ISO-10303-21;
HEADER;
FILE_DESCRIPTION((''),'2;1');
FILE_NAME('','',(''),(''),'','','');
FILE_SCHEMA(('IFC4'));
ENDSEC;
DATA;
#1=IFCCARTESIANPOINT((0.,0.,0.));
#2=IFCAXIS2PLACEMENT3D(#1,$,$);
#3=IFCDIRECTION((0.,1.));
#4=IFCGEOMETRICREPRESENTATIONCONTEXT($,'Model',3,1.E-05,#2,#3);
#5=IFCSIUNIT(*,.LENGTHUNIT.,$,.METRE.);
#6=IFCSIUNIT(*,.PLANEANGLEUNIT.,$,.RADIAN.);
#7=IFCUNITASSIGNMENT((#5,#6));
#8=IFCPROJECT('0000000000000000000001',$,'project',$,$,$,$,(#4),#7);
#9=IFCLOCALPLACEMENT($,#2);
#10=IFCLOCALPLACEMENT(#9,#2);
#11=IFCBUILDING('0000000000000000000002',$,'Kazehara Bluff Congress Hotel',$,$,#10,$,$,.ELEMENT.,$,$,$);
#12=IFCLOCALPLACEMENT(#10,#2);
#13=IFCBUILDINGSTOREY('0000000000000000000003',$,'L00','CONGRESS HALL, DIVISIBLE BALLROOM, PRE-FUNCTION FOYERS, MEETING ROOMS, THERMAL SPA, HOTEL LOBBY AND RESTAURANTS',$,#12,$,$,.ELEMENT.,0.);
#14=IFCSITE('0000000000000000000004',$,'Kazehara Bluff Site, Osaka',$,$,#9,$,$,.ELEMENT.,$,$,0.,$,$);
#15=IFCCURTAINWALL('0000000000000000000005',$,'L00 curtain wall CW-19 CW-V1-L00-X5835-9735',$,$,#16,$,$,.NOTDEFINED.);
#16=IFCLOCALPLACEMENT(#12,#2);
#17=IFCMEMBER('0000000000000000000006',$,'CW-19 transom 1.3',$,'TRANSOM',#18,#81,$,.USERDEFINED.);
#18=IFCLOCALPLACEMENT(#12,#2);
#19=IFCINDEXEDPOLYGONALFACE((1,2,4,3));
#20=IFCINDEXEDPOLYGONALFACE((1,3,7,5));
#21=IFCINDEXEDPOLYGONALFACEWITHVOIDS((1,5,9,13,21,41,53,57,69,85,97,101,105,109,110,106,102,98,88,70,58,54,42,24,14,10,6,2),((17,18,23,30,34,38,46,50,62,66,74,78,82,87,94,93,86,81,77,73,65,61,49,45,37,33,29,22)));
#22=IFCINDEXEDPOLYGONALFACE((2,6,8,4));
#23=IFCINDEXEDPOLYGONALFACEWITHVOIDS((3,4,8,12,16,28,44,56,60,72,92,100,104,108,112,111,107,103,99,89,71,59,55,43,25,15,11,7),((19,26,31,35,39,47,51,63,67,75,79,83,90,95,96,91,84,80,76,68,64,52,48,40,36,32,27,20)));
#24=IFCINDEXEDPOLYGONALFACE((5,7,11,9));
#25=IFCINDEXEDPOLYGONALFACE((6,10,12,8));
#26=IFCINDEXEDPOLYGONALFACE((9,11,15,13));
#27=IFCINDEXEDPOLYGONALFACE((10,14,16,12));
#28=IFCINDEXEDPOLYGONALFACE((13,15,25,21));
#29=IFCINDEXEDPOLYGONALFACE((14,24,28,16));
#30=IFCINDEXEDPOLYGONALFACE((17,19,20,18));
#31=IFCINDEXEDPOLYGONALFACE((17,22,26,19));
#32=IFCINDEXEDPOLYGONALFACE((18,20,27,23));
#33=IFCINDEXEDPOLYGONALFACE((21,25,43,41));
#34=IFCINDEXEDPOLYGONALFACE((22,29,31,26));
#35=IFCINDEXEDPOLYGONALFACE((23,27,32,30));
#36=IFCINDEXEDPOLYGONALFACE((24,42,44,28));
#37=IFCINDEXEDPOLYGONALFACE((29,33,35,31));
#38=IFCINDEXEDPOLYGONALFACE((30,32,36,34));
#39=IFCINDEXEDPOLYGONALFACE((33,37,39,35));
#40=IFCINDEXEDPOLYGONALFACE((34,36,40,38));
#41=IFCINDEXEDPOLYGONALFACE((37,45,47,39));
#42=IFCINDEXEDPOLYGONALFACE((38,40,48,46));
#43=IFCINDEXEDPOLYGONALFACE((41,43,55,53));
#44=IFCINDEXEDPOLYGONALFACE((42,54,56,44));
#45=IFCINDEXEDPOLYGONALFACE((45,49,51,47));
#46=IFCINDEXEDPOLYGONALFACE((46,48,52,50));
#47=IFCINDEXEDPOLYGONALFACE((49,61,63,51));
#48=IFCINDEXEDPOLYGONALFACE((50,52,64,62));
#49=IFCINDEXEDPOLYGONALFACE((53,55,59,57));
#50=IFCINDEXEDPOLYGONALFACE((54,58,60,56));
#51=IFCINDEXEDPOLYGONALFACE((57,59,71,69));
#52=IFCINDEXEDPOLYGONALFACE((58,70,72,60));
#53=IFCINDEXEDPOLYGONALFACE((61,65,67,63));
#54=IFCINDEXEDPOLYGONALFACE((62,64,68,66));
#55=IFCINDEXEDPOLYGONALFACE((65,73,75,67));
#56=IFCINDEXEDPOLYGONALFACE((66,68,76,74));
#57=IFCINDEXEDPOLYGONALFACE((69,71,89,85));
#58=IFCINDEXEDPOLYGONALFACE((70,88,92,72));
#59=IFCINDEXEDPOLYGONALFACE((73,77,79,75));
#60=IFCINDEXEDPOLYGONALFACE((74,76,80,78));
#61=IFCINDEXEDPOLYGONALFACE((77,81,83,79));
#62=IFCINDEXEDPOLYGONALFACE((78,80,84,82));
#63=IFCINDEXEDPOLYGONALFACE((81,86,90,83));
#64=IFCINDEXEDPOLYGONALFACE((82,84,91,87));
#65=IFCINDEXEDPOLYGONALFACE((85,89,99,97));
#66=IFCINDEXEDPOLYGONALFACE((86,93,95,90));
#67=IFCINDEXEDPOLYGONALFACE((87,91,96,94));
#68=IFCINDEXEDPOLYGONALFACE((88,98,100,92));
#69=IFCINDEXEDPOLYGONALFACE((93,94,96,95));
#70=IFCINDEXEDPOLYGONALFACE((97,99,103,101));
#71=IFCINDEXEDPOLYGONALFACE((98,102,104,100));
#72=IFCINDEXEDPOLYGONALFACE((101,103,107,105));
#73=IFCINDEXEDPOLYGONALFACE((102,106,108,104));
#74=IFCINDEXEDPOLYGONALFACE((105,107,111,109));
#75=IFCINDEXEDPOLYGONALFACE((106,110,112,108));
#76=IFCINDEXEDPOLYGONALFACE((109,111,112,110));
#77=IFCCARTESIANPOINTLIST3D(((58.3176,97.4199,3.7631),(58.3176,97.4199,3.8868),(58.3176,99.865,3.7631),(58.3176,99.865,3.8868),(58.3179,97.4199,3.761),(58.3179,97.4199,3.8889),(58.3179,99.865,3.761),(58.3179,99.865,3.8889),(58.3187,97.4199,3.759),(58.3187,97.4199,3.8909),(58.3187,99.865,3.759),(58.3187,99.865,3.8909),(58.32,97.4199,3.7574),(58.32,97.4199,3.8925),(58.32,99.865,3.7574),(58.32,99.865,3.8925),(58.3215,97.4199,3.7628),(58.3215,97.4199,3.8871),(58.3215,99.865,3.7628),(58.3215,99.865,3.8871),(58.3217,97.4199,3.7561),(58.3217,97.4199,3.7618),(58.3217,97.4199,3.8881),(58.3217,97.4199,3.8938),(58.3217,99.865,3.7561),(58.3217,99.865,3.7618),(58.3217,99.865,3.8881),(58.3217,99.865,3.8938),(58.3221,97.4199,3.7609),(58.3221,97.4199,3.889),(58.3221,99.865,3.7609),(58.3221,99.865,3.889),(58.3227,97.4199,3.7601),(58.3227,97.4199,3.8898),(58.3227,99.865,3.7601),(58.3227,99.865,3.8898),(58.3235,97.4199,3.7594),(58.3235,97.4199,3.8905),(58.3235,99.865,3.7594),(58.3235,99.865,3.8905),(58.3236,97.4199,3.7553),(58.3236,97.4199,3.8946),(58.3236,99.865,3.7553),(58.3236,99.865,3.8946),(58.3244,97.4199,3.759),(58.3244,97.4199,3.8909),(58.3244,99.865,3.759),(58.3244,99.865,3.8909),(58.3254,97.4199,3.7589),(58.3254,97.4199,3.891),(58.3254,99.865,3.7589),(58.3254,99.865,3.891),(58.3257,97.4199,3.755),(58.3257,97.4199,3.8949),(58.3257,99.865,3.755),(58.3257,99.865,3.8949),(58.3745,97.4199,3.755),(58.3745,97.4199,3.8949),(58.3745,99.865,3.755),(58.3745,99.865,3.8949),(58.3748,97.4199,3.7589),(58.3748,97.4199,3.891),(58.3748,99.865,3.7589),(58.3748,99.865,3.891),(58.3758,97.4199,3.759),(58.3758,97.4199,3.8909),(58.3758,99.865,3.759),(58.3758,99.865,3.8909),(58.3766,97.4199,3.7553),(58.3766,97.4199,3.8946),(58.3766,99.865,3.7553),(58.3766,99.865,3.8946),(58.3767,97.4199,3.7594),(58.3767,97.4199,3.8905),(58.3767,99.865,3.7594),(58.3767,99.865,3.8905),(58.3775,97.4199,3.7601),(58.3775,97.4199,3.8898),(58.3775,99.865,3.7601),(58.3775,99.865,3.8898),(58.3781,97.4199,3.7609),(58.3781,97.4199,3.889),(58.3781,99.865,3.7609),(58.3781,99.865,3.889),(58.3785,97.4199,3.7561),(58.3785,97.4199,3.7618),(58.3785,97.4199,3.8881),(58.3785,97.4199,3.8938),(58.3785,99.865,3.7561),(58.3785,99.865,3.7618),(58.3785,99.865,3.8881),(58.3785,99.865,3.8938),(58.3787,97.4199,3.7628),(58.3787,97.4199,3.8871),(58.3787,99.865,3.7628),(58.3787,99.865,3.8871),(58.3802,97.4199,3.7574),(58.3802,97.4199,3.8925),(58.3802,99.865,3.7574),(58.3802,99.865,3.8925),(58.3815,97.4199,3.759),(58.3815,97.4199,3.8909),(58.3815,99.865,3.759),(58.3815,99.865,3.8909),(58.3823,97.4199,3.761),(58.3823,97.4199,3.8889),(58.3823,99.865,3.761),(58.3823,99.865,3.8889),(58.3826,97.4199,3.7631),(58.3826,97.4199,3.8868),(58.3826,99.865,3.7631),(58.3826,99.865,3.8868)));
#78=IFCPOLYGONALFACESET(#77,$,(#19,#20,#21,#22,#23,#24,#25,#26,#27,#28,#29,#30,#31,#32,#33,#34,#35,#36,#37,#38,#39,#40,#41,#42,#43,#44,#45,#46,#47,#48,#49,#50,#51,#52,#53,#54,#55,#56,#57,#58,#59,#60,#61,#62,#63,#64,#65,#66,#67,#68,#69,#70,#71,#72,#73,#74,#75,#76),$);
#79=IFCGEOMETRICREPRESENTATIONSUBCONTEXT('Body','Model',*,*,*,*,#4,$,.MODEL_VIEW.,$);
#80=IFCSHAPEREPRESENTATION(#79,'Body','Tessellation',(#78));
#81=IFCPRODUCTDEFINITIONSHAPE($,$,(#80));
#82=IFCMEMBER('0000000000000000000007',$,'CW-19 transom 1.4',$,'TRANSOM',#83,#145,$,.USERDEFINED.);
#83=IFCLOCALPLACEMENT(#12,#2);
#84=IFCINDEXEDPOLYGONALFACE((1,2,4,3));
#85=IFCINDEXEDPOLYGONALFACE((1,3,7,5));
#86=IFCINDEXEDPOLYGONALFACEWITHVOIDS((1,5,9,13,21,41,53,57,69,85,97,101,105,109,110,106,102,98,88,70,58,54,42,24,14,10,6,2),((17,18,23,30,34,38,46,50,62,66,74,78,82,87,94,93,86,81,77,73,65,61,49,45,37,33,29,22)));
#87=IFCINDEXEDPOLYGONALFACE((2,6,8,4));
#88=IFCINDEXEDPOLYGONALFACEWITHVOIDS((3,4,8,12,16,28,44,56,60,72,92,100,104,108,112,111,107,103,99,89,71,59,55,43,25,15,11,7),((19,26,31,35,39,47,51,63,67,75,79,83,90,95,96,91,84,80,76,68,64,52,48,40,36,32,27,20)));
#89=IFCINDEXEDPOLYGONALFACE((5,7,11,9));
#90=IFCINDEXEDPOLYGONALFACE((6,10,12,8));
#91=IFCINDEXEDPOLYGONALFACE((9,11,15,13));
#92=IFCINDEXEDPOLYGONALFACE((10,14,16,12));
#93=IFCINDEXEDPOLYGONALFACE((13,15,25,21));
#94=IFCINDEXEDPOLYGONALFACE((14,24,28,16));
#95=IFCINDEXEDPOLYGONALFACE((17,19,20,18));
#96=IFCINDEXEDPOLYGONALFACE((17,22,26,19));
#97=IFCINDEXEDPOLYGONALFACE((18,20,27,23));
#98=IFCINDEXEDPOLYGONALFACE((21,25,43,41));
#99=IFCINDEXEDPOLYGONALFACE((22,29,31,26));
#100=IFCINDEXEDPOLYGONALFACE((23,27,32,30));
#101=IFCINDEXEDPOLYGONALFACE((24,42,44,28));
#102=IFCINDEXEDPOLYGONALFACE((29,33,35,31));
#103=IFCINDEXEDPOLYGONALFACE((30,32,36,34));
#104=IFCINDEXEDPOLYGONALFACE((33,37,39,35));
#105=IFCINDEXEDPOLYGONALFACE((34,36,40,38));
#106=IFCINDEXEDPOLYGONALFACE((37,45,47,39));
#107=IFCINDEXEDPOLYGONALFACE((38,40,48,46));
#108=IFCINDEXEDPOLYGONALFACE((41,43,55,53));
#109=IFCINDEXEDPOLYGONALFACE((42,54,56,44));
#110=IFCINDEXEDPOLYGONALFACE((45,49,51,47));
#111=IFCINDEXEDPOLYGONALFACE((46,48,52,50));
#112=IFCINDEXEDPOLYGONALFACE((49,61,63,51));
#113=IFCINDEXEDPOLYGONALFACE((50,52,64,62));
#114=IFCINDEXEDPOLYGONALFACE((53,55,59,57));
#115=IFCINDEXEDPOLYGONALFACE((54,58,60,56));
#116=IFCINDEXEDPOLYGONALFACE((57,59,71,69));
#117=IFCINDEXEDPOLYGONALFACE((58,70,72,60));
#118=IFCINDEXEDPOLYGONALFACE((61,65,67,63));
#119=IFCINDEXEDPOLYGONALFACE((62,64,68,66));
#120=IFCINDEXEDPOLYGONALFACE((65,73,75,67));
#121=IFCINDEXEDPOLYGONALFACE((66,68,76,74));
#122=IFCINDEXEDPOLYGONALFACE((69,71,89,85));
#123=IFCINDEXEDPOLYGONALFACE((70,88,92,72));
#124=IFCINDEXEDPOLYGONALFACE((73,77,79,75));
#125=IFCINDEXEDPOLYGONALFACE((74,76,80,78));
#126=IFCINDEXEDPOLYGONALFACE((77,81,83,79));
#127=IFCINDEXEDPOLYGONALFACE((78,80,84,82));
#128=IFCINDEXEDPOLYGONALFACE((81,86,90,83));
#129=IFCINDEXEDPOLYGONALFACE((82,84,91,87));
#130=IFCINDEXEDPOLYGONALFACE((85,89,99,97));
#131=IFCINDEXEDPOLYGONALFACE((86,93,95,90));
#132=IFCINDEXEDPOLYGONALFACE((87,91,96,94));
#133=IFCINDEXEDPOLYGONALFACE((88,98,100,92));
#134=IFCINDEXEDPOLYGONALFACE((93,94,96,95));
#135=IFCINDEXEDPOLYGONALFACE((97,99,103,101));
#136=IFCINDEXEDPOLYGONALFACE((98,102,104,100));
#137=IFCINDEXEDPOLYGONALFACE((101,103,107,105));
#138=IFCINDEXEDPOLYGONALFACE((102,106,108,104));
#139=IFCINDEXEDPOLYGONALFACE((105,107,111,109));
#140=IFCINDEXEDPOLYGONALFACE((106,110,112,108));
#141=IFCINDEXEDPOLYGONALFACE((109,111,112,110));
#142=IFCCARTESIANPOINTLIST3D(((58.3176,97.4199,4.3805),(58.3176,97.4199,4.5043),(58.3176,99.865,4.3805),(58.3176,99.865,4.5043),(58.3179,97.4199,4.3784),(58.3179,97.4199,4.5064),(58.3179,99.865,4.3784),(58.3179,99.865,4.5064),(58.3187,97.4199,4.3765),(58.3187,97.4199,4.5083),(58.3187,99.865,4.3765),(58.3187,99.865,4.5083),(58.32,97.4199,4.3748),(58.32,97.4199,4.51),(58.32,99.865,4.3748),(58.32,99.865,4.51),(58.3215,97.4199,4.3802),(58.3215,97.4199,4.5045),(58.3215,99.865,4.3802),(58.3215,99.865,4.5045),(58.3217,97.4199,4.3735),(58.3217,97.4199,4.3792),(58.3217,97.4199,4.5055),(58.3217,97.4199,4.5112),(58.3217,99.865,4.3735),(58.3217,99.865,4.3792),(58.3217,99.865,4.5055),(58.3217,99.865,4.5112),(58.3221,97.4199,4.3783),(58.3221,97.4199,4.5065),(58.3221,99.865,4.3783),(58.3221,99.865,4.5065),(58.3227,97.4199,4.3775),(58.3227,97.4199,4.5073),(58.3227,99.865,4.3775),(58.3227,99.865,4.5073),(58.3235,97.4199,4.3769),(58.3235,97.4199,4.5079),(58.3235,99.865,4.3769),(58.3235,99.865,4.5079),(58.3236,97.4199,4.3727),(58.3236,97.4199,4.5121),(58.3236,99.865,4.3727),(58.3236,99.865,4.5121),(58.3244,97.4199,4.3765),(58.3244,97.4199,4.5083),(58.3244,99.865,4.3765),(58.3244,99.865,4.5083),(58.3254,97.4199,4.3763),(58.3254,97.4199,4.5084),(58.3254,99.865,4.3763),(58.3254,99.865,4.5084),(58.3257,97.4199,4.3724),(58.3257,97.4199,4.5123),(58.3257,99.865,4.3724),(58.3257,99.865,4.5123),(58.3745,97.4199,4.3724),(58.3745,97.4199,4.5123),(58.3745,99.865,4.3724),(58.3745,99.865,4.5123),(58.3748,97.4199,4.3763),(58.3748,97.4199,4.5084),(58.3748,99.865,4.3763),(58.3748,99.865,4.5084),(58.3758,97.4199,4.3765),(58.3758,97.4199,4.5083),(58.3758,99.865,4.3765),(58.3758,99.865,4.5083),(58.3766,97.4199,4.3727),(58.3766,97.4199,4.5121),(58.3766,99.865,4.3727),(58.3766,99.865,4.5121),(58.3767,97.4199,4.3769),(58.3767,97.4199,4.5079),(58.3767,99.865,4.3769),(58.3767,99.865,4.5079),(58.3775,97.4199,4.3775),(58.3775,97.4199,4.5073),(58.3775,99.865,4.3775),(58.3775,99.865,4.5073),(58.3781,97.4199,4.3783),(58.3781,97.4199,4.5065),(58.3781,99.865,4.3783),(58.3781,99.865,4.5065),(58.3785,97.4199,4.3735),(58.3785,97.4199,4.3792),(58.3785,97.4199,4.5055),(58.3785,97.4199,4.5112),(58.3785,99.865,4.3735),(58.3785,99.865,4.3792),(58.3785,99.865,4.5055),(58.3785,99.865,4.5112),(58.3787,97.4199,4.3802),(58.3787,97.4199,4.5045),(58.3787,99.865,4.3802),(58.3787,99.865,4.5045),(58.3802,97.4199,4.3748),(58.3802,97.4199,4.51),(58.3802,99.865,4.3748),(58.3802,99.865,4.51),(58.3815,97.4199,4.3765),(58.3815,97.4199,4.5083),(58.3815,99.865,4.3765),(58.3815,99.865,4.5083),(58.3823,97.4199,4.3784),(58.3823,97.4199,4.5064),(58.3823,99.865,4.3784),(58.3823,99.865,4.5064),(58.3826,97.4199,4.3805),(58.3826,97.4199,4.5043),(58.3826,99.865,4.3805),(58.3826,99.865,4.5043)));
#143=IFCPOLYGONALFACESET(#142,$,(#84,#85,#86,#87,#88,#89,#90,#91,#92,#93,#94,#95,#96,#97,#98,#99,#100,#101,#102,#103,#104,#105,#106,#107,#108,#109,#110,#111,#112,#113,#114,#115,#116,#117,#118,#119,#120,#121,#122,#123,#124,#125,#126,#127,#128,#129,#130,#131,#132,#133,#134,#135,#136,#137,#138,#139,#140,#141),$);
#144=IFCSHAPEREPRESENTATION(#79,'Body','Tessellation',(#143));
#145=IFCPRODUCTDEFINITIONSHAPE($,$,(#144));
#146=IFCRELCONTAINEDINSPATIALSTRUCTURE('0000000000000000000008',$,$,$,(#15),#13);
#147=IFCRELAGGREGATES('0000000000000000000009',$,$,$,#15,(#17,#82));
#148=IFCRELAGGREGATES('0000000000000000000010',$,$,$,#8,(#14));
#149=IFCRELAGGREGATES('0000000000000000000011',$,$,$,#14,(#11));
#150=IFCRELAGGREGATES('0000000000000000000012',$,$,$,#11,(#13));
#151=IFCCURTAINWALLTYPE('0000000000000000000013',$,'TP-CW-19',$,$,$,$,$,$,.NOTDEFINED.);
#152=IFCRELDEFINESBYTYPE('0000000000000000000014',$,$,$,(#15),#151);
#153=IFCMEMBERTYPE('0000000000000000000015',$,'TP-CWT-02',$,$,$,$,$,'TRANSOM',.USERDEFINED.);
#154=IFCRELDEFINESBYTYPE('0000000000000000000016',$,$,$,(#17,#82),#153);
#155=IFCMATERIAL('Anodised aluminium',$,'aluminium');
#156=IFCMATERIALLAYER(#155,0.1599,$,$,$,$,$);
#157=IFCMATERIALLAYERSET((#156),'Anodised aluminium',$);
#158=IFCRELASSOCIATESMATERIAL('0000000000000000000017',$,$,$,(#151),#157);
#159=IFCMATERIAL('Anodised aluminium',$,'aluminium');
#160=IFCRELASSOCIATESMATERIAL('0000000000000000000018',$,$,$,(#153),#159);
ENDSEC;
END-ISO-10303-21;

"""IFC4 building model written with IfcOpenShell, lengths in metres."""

from ifc_helpers import new_model, si_unit, direction, frame, origin, origin_2d, place, context, subcontext, project, spatial, hollow_rectangle, extrude, material, layer, layer_set, material_profile, profile_set, type_object, element, aggregate, save


model = new_model("IFC4")

# Units and contexts
model_context = context("Model", 3, precision=1e-05, world=origin(), true_north=direction((0.0, 1.0)))
body_context = subcontext(model_context, "Body", "Model", "MODEL_VIEW")
ifc_project = project(units=[si_unit("LENGTHUNIT", "METRE"), si_unit("PLANEANGLEUNIT", "RADIAN")], contexts=[model_context])

# Site, building, storey
site_placement = place(None, origin())
site = spatial("IfcSite", under=ifc_project, at=site_placement, Name="Kazehara Bluff Site, Osaka", CompositionType="ELEMENT", RefElevation=0.0)
building_placement = place(site_placement, origin())
building = spatial("IfcBuilding", under=site, at=building_placement, Name="Kazehara Bluff Congress Hotel", CompositionType="ELEMENT")
storey_placement = place(building_placement, origin())
storey = spatial("IfcBuildingStorey", under=building, at=storey_placement, Name="L00", Description="CONGRESS HALL, DIVISIBLE BALLROOM, PRE-FUNCTION FOYERS, MEETING ROOMS, THERMAL SPA, HOTEL LOBBY AND RESTAURANTS", CompositionType="ELEMENT", Elevation=0.0)

# Curtain wall, members
ifc_material_1 = material(Name="Anodised aluminium", Category="aluminium")
ifc_layer_1 = layer(ifc_material_1, 0.1599)
ifc_layer_set_1 = layer_set([ifc_layer_1], Name="Anodised aluminium")
curtain_wall_type_1 = type_object("IfcCurtainWallType", Name="TP-CW-19", PredefinedType="NOTDEFINED", material=ifc_layer_set_1)
curtain_wall_1_placement = place(storey_placement, origin())
curtain_wall_1 = element("IfcCurtainWall", 1, at=curtain_wall_1_placement, inside=storey, type_object=curtain_wall_type_1, Name="L00 curtain wall CW-19 CW-V1-L00-X5835-9735", PredefinedType="NOTDEFINED")
ifc_material_2 = material(Name="Anodised aluminium", Category="aluminium")
ifc_material_profile_1 = material_profile(ifc_material_2, hollow_rectangle(XDim=0.0649, YDim=0.1399, WallThickness=0.0039, InnerFilletRadius=0.0039, OuterFilletRadius=0.0081, at=origin_2d()))
ifc_profile_set_1 = profile_set([ifc_material_profile_1], Name="Anodised aluminium")
member_type_1 = type_object("IfcMemberType", Name="TP-CWT-02", ElementType="TRANSOM", PredefinedType="USERDEFINED", material=ifc_profile_set_1)
member_1_placement = place(storey_placement, frame((58.3501, 97.4199, 3.825), z_axis=(0.0, 1.0, 0.0), x_axis=(-1.0, 0.0, 0.0)))
member_1 = element("IfcMember", 2, at=member_1_placement, type_object=member_type_1, Name="CW-19 transom 1.3", ObjectType="TRANSOM", PredefinedType="USERDEFINED", context=body_context, shape_type="SweptSolid", body=[
    extrude(hollow_rectangle(XDim=0.0649, YDim=0.1399, WallThickness=0.0039, InnerFilletRadius=0.0039, OuterFilletRadius=0.0081, at=origin_2d()), origin(), (0.0, 0.0, 1.0), 2.4451),
])
member_2_placement = place(storey_placement, frame((58.3501, 97.4199, 4.4424), z_axis=(0.0, 1.0, 0.0), x_axis=(-1.0, 0.0, 0.0)))
member_2 = element("IfcMember", 3, at=member_2_placement, type_object=member_type_1, Name="CW-19 transom 1.4", ObjectType="TRANSOM", PredefinedType="USERDEFINED", context=body_context, shape_type="SweptSolid", body=[
    extrude(hollow_rectangle(XDim=0.0649, YDim=0.1399, WallThickness=0.0039, InnerFilletRadius=0.0039, OuterFilletRadius=0.0081, at=origin_2d()), origin(), (0.0, 0.0, 1.0), 2.4451),
])

aggregate(curtain_wall_1, [member_1, member_2])

save(model, "model.ifc")
